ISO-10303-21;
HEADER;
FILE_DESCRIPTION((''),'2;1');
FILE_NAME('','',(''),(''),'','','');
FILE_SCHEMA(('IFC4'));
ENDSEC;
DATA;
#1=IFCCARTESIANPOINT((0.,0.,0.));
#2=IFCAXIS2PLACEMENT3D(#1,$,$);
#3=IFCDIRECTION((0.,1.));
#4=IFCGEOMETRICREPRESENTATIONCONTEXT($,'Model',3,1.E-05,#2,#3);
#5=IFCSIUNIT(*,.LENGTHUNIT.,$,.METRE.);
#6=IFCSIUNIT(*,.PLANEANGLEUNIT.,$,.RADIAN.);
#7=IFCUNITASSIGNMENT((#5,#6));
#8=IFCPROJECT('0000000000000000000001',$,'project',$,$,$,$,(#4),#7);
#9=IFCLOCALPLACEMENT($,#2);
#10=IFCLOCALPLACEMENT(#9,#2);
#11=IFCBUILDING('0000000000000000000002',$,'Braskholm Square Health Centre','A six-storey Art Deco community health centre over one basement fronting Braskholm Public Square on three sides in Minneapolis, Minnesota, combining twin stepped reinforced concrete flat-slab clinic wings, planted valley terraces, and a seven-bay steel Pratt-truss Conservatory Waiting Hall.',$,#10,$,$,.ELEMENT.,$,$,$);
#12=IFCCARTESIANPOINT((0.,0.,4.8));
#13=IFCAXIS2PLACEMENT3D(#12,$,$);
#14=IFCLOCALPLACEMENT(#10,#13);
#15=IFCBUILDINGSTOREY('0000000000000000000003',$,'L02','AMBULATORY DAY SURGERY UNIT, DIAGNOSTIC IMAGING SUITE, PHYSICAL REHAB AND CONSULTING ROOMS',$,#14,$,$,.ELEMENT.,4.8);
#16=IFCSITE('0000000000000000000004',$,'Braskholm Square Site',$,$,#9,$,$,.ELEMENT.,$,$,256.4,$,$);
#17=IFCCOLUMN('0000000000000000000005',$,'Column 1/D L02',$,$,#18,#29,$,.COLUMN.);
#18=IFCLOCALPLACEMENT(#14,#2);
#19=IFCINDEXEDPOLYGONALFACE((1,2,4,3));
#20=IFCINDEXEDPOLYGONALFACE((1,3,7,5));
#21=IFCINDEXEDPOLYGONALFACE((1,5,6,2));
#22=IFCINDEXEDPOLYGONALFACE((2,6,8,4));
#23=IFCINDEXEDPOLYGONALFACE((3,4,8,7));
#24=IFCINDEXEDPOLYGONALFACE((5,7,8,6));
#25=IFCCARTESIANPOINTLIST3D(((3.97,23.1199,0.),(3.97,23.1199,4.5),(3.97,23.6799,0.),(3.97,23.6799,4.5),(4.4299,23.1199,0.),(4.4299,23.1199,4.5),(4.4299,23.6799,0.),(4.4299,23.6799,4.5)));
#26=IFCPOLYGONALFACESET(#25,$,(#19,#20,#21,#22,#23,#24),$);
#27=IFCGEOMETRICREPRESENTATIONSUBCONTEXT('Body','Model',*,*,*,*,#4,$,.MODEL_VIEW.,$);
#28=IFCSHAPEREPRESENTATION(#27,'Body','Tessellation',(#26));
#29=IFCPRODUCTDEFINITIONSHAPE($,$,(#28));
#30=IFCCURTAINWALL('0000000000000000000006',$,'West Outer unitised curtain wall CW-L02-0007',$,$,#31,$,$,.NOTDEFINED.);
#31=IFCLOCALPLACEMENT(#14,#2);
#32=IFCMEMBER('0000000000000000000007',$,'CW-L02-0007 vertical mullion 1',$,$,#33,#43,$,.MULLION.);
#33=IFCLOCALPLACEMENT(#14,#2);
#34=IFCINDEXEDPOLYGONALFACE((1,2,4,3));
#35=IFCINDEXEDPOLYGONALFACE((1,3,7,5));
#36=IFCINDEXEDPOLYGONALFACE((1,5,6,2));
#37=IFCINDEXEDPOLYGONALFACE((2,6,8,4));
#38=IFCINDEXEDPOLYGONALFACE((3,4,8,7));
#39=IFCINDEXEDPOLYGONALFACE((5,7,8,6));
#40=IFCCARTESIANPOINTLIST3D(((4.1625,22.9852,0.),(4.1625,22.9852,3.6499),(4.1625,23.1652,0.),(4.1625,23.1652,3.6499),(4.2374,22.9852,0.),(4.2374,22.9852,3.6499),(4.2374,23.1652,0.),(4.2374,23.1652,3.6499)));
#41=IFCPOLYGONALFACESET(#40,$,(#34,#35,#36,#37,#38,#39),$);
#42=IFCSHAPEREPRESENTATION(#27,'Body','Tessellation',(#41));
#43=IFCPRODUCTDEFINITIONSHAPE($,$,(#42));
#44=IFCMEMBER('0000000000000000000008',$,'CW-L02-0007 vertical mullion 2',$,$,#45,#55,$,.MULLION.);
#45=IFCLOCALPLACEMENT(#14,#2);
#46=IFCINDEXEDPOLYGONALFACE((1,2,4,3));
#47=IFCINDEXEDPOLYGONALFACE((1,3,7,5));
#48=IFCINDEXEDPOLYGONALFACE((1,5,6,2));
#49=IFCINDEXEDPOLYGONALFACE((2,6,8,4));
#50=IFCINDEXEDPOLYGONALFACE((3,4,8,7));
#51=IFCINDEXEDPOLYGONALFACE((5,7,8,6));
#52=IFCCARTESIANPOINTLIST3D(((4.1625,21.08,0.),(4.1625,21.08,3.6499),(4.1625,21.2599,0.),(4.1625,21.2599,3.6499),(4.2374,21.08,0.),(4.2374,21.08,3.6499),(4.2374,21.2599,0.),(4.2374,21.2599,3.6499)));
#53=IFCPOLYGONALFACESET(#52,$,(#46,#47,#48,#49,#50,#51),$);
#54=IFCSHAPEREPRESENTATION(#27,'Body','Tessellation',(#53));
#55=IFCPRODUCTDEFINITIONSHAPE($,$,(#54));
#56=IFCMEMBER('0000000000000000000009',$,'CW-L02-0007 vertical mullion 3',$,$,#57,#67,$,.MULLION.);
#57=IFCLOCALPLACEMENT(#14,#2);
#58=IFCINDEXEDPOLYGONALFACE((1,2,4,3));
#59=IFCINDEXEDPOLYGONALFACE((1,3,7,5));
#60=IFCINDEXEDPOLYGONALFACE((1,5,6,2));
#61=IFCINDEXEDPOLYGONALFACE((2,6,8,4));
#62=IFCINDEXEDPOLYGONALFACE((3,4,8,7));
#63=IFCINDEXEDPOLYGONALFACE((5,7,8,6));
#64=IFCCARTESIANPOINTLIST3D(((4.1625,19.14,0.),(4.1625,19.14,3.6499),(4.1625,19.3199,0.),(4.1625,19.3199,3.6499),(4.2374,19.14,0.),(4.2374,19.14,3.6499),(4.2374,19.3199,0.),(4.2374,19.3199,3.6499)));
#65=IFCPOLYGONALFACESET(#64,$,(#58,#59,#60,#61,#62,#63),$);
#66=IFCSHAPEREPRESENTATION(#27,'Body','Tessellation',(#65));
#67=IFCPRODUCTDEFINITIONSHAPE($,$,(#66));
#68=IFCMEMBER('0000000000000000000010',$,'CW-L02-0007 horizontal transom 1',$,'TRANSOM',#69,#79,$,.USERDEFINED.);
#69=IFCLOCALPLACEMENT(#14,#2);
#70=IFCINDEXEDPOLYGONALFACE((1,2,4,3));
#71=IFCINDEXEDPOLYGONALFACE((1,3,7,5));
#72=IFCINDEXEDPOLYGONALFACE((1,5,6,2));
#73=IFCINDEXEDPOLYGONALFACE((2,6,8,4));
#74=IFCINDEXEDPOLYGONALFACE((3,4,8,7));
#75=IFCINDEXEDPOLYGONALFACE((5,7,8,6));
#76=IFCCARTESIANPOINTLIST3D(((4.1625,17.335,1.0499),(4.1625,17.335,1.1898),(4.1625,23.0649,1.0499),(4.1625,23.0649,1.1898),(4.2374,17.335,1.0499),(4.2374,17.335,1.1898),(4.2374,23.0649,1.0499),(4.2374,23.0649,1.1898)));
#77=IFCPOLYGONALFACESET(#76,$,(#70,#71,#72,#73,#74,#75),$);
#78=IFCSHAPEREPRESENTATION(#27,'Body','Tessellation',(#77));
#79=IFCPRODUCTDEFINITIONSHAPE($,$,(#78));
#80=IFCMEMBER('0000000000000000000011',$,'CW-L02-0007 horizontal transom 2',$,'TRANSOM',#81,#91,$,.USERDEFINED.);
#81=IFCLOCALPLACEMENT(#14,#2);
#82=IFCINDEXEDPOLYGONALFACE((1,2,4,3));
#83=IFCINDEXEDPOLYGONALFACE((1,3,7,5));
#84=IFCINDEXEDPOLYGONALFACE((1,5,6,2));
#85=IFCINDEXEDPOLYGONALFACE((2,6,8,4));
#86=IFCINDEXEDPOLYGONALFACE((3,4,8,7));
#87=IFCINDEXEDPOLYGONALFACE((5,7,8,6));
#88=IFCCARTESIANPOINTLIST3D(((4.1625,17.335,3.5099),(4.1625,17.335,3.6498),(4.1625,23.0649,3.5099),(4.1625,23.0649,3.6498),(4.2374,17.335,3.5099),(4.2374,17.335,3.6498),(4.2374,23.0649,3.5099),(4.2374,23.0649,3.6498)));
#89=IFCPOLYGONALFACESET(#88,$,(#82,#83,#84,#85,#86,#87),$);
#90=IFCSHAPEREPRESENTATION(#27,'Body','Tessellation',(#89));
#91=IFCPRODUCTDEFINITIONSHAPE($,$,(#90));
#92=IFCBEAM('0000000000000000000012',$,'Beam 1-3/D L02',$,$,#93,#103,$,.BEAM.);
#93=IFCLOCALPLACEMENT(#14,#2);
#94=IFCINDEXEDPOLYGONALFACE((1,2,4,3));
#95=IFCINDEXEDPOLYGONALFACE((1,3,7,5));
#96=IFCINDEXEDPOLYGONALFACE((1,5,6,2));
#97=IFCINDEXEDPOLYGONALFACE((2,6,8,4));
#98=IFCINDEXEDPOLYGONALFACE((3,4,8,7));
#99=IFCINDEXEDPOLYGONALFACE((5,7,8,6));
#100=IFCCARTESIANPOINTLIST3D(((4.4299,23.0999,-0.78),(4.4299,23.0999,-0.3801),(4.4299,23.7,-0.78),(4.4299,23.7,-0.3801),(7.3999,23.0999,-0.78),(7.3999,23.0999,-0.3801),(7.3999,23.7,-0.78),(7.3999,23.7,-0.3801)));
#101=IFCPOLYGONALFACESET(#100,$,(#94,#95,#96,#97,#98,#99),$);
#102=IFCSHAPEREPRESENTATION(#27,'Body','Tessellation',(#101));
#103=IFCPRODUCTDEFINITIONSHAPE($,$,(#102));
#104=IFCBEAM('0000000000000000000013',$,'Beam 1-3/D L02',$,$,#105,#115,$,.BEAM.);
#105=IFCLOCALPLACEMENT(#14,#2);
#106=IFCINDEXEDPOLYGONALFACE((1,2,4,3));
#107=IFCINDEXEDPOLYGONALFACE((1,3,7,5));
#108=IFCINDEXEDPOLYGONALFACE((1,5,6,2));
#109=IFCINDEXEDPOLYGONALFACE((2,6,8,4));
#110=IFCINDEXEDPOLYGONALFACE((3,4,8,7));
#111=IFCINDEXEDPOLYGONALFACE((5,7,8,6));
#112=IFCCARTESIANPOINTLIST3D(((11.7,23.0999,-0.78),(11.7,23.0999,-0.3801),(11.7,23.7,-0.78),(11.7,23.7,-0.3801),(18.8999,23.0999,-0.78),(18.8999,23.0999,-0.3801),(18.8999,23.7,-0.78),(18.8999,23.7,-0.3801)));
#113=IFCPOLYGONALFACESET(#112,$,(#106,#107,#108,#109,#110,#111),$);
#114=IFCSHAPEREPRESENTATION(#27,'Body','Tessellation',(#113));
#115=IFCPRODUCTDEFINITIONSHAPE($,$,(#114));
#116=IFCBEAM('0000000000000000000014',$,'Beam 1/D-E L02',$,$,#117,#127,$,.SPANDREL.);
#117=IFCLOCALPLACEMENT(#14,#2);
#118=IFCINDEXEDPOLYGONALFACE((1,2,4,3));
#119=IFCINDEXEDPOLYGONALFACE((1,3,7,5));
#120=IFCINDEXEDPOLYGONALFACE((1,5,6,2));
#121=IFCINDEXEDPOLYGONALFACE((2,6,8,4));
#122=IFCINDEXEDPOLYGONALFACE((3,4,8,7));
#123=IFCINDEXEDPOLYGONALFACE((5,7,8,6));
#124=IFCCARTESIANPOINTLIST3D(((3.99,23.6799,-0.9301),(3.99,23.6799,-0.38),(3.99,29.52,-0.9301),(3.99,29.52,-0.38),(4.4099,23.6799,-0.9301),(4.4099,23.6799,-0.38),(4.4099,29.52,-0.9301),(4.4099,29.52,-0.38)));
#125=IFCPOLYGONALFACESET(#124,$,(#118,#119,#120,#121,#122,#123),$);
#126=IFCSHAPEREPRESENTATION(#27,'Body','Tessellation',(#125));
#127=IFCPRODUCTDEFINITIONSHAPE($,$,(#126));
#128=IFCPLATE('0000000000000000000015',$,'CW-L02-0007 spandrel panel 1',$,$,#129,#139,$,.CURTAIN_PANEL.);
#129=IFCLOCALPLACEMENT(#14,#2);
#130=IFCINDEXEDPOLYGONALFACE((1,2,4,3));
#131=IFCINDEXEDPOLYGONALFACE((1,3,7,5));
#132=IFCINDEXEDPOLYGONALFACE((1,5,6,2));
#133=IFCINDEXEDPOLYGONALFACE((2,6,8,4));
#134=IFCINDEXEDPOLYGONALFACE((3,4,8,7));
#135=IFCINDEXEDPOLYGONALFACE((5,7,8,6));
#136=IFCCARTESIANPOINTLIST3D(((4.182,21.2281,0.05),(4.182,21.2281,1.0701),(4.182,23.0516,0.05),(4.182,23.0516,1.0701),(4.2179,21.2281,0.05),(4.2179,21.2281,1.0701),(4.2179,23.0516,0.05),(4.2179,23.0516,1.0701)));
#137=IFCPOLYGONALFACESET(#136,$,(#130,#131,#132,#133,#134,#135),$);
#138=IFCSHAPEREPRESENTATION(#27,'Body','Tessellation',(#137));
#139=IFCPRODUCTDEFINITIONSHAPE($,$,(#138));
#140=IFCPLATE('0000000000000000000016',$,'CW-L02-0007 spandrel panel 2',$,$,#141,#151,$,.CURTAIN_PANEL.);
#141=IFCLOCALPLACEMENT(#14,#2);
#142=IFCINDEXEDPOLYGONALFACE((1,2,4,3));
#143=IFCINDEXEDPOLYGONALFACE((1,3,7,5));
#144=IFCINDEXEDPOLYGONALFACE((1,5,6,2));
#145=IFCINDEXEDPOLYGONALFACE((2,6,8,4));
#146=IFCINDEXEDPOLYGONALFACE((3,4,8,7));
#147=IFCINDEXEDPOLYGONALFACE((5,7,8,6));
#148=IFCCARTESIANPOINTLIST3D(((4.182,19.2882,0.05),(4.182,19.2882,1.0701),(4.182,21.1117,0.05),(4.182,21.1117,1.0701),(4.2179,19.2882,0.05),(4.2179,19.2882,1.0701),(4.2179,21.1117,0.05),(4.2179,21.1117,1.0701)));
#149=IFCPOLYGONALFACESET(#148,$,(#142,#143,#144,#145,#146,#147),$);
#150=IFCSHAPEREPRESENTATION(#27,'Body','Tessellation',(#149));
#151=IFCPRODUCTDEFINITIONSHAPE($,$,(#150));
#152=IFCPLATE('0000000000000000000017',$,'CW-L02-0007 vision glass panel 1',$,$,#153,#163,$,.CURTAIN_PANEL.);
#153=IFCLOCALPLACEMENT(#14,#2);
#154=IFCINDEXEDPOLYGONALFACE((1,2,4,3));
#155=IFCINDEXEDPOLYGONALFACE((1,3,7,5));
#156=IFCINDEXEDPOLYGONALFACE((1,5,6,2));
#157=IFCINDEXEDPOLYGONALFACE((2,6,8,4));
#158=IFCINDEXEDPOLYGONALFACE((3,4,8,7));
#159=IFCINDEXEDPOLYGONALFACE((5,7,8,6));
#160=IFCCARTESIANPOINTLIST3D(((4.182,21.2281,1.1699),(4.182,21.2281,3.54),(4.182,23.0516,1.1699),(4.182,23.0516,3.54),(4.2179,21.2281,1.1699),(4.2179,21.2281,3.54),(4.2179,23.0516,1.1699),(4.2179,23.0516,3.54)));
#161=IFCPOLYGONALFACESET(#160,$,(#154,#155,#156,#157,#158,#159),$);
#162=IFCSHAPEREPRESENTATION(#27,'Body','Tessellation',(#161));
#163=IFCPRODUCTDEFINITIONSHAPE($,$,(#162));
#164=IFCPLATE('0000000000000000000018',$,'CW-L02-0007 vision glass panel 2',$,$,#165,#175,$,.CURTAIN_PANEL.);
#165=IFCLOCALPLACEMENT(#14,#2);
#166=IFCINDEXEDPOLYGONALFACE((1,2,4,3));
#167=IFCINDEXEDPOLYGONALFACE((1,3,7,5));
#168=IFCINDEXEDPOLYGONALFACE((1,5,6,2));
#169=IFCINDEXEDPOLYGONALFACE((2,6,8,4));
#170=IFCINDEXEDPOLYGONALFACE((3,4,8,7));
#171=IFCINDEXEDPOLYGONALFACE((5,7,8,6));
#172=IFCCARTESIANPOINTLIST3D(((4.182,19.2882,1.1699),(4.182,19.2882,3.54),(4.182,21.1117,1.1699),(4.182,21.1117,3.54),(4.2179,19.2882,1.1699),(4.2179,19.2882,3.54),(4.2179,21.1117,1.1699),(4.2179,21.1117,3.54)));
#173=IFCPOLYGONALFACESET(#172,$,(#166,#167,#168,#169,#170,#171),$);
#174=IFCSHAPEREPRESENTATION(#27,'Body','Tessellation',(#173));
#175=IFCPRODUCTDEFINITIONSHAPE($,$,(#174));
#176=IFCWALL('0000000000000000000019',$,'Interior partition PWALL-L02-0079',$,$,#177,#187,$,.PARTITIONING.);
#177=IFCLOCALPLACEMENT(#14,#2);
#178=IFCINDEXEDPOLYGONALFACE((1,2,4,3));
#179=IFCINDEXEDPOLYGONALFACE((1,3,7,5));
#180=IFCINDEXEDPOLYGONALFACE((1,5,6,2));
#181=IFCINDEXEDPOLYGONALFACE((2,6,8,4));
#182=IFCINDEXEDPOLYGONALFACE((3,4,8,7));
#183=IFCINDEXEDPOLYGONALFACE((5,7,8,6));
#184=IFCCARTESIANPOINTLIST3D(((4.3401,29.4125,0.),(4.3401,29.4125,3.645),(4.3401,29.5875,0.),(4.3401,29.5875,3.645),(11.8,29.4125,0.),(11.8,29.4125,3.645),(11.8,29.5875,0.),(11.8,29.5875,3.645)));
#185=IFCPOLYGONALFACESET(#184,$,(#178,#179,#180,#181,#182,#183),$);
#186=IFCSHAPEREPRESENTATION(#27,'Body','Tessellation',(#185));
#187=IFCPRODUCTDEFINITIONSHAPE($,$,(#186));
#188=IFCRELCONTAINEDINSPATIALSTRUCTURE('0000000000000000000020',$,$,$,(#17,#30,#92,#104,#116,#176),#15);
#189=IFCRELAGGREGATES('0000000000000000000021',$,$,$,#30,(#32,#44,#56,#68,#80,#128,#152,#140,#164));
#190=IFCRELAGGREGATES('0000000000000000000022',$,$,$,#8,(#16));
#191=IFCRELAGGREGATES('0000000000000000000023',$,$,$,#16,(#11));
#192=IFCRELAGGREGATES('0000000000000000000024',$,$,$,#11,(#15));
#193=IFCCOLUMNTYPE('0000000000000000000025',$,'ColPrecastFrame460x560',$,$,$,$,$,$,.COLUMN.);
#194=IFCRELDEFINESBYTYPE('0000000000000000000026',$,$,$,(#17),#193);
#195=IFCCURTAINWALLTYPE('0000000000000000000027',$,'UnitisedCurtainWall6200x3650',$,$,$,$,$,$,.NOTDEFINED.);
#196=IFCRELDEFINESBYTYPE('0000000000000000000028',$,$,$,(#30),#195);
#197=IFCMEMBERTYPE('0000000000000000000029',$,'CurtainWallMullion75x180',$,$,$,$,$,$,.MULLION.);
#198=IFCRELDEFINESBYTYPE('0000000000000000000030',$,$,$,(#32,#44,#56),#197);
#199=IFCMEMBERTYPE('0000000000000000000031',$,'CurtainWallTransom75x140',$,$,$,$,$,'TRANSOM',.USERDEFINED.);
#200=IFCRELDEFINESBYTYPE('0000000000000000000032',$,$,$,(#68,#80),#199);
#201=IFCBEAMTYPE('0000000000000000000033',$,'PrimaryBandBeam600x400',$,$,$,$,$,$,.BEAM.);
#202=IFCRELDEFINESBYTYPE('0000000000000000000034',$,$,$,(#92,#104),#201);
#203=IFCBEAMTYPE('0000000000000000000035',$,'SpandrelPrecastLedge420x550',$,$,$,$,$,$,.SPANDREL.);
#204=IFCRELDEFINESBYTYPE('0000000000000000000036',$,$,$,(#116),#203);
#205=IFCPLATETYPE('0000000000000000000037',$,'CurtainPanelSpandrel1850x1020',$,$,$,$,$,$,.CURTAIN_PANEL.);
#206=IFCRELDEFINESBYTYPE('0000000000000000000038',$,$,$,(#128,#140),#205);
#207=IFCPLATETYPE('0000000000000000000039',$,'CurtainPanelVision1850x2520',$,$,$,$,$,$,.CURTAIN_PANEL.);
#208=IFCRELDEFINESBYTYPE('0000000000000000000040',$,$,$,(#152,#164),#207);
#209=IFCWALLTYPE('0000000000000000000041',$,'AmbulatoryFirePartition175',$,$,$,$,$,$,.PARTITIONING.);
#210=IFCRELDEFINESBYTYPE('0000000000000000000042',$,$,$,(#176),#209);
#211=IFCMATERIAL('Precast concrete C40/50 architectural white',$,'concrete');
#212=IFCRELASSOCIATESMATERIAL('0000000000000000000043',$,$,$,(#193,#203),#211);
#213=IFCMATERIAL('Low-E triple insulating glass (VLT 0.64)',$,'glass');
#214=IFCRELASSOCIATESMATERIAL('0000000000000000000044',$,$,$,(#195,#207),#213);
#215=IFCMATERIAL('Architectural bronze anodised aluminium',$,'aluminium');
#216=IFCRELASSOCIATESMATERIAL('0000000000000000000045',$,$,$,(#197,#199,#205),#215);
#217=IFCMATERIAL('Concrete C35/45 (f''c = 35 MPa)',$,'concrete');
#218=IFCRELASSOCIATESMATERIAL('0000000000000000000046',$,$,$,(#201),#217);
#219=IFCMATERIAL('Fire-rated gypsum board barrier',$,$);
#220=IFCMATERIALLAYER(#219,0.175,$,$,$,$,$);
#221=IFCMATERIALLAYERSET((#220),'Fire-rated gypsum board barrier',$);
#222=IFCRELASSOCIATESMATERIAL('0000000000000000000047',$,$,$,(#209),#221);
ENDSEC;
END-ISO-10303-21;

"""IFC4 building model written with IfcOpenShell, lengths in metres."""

from ifc_helpers import new_model, si_unit, direction, frame, frame_2d, origin, origin_2d, place, context, subcontext, project, spatial, rectangle, extrude, material, layer, layer_set, material_profile, profile_set, type_object, element, aggregate, save


model = new_model("IFC4")

# Units and contexts
model_context = context("Model", 3, precision=1e-05, world=origin(), true_north=direction((0.0, 1.0)))
body_context = subcontext(model_context, "Body", "Model", "MODEL_VIEW")
ifc_project = project(units=[si_unit("LENGTHUNIT", "METRE"), si_unit("PLANEANGLEUNIT", "RADIAN")], contexts=[model_context])

# Site, building, storey
site_placement = place(None, origin())
site = spatial("IfcSite", under=ifc_project, at=site_placement, Name="Braskholm Square Site", CompositionType="ELEMENT", RefElevation=256.4)
building_placement = place(site_placement, origin())
building = spatial("IfcBuilding", under=site, at=building_placement, Name="Braskholm Square Health Centre", Description="A six-storey Art Deco community health centre over one basement fronting Braskholm Public Square on three sides in Minneapolis, Minnesota, combining twin stepped reinforced concrete flat-slab clinic wings, planted valley terraces, and a seven-bay steel Pratt-truss Conservatory Waiting Hall.", CompositionType="ELEMENT")
storey_placement = place(building_placement, frame((0.0, 0.0, 4.8)))
storey = spatial("IfcBuildingStorey", under=building, at=storey_placement, Name="L02", Description="AMBULATORY DAY SURGERY UNIT, DIAGNOSTIC IMAGING SUITE, PHYSICAL REHAB AND CONSULTING ROOMS", CompositionType="ELEMENT", Elevation=4.8)

# Column
ifc_material_1 = material(Name="Precast concrete C40/50 architectural white", Category="concrete")
ifc_material_profile_1 = material_profile(ifc_material_1, rectangle(XDim=0.46, YDim=0.5601, at=origin_2d()), Name="RC-460X560")
ifc_profile_set_1 = profile_set([ifc_material_profile_1], Name="Precast concrete C40/50 architectural white")
column_type = type_object("IfcColumnType", Name="ColPrecastFrame460x560", PredefinedType="COLUMN", material=ifc_profile_set_1)
column_placement = place(storey_placement, frame((4.2, 23.3999, 0.0), z_axis=(0.0, 0.0, 1.0), x_axis=(1.0, 0.0, 0.0)))
element("IfcColumn", 1, at=column_placement, inside=storey, type_object=column_type, Name="Column 1/D L02", PredefinedType="COLUMN", context=body_context, shape_type="SweptSolid", body=[
    extrude(rectangle(XDim=0.46, YDim=0.5601, at=origin_2d()), origin(), (0.0, 0.0, 1.0), 4.5),
])

# Curtain wall, members
ifc_material_2 = material(Name="Low-E triple insulating glass (VLT 0.64)", Category="glass")
curtain_wall_type = type_object("IfcCurtainWallType", Name="UnitisedCurtainWall6200x3650", PredefinedType="NOTDEFINED", material=ifc_material_2)
curtain_wall_placement = place(storey_placement, origin())
curtain_wall = element("IfcCurtainWall", 2, at=curtain_wall_placement, inside=storey, type_object=curtain_wall_type, Name="West Outer unitised curtain wall CW-L02-0007", PredefinedType="NOTDEFINED")
ifc_material_3 = material(Name="Architectural bronze anodised aluminium", Category="aluminium")
ifc_material_profile_2 = material_profile(ifc_material_3, rectangle(XDim=0.075, YDim=0.1799, at=origin_2d()), Name="ALU-75X180")
ifc_profile_set_2 = profile_set([ifc_material_profile_2], Name="Architectural bronze anodised aluminium")
member_type_1 = type_object("IfcMemberType", Name="CurtainWallMullion75x180", PredefinedType="MULLION", material=ifc_profile_set_2)
member_1_placement = place(storey_placement, frame((4.2, 23.0752, 0.0), z_axis=(0.0, 0.0, 1.0), x_axis=(1.0, 0.0, 0.0)))
member_1 = element("IfcMember", 3, at=member_1_placement, type_object=member_type_1, Name="CW-L02-0007 vertical mullion 1", PredefinedType="MULLION", context=body_context, shape_type="SweptSolid", body=[
    extrude(rectangle(XDim=0.075, YDim=0.1799, at=origin_2d()), origin(), (0.0, 0.0, 1.0), 3.6499),
])
member_2_placement = place(storey_placement, frame((4.2, 21.1699, 0.0), z_axis=(0.0, 0.0, 1.0), x_axis=(1.0, 0.0, 0.0)))
member_2 = element("IfcMember", 4, at=member_2_placement, type_object=member_type_1, Name="CW-L02-0007 vertical mullion 2", PredefinedType="MULLION", context=body_context, shape_type="SweptSolid", body=[
    extrude(rectangle(XDim=0.075, YDim=0.1799, at=origin_2d()), origin(), (0.0, 0.0, 1.0), 3.6499),
])
member_3_placement = place(storey_placement, frame((4.2, 19.23, 0.0), z_axis=(0.0, 0.0, 1.0), x_axis=(1.0, 0.0, 0.0)))
member_3 = element("IfcMember", 5, at=member_3_placement, type_object=member_type_1, Name="CW-L02-0007 vertical mullion 3", PredefinedType="MULLION", context=body_context, shape_type="SweptSolid", body=[
    extrude(rectangle(XDim=0.075, YDim=0.1799, at=origin_2d()), origin(), (0.0, 0.0, 1.0), 3.6499),
])
ifc_material_profile_3 = material_profile(ifc_material_3, rectangle(XDim=0.075, YDim=0.1399, at=origin_2d()), Name="ALU-75X140")
ifc_profile_set_3 = profile_set([ifc_material_profile_3], Name="Architectural bronze anodised aluminium")
member_type_2 = type_object("IfcMemberType", Name="CurtainWallTransom75x140", ElementType="TRANSOM", PredefinedType="USERDEFINED", material=ifc_profile_set_3)
member_4_placement = place(storey_placement, frame((4.2, 23.0649, 1.1199), z_axis=(0.0, -1.0, 0.0), x_axis=(1.0, 0.0, 0.0)))
member_4 = element("IfcMember", 6, at=member_4_placement, type_object=member_type_2, Name="CW-L02-0007 horizontal transom 1", ObjectType="TRANSOM", PredefinedType="USERDEFINED", context=body_context, shape_type="SweptSolid", body=[
    extrude(rectangle(XDim=0.075, YDim=0.1399, at=origin_2d()), origin(), (0.0, 0.0, 1.0), 5.73),
])
member_5_placement = place(storey_placement, frame((4.2, 23.0649, 3.5798), z_axis=(0.0, -1.0, 0.0), x_axis=(1.0, 0.0, 0.0)))
member_5 = element("IfcMember", 7, at=member_5_placement, type_object=member_type_2, Name="CW-L02-0007 horizontal transom 2", ObjectType="TRANSOM", PredefinedType="USERDEFINED", context=body_context, shape_type="SweptSolid", body=[
    extrude(rectangle(XDim=0.075, YDim=0.1399, at=origin_2d()), origin(), (0.0, 0.0, 1.0), 5.73),
])

# Beams
ifc_material_4 = material(Name="Concrete C35/45 (f'c = 35 MPa)", Category="concrete")
ifc_material_profile_4 = material_profile(ifc_material_4, rectangle(XDim=0.6001, YDim=0.3999, at=origin_2d()), Name="RCB-600X400")
ifc_profile_set_4 = profile_set([ifc_material_profile_4], Name="Concrete C35/45 (f'c = 35 MPa)")
beam_type_1 = type_object("IfcBeamType", Name="PrimaryBandBeam600x400", PredefinedType="BEAM", material=ifc_profile_set_4)
beam_1_placement = place(storey_placement, frame((4.4299, 23.3999, -0.5801), z_axis=(1.0, 0.0, 0.0), x_axis=(0.0, 1.0, 0.0)))
element("IfcBeam", 8, at=beam_1_placement, inside=storey, type_object=beam_type_1, Name="Beam 1-3/D L02", PredefinedType="BEAM", context=body_context, shape_type="SweptSolid", body=[
    extrude(rectangle(XDim=0.6001, YDim=0.3999, at=origin_2d()), origin(), (0.0, 0.0, 1.0), 2.97),
])
beam_2_placement = place(storey_placement, frame((11.7, 23.3999, -0.5801), z_axis=(1.0, 0.0, 0.0), x_axis=(0.0, 1.0, 0.0)))
element("IfcBeam", 9, at=beam_2_placement, inside=storey, type_object=beam_type_1, Name="Beam 1-3/D L02", PredefinedType="BEAM", context=body_context, shape_type="SweptSolid", body=[
    extrude(rectangle(XDim=0.6001, YDim=0.3999, at=origin_2d()), origin(), (0.0, 0.0, 1.0), 7.2),
])
ifc_material_profile_5 = material_profile(ifc_material_1, rectangle(XDim=0.4199, YDim=0.55, at=origin_2d()), Name="RCB-420X550")
ifc_profile_set_5 = profile_set([ifc_material_profile_5], Name="Precast concrete C40/50 architectural white")
beam_type_2 = type_object("IfcBeamType", Name="SpandrelPrecastLedge420x550", PredefinedType="SPANDREL", material=ifc_profile_set_5)
beam_3_placement = place(storey_placement, frame((4.2, 23.6799, -0.655), z_axis=(0.0, 1.0, 0.0), x_axis=(-1.0, 0.0, 0.0)))
element("IfcBeam", 10, at=beam_3_placement, inside=storey, type_object=beam_type_2, Name="Beam 1/D-E L02", PredefinedType="SPANDREL", context=body_context, shape_type="SweptSolid", body=[
    extrude(rectangle(XDim=0.4199, YDim=0.55, at=origin_2d()), origin(), (0.0, 0.0, 1.0), 5.8401),
])

# Plates
plate_type_1 = type_object("IfcPlateType", Name="CurtainPanelSpandrel1850x1020", PredefinedType="CURTAIN_PANEL", material=ifc_material_3)
plate_1_placement = place(storey_placement, frame((4.2, 22.1399, 0.05), z_axis=(0.0, 0.0, 1.0), x_axis=(0.0, -1.0, 0.0)))
plate_1 = element("IfcPlate", 11, at=plate_1_placement, type_object=plate_type_1, Name="CW-L02-0007 spandrel panel 1", PredefinedType="CURTAIN_PANEL", context=body_context, shape_type="SweptSolid", body=[
    extrude(rectangle(XDim=1.8235, YDim=0.0359, at=origin_2d()), origin(), (0.0, 0.0, 1.0), 1.02),
])
plate_2_placement = place(storey_placement, frame((4.2, 20.2, 0.05), z_axis=(0.0, 0.0, 1.0), x_axis=(0.0, -1.0, 0.0)))
plate_2 = element("IfcPlate", 12, at=plate_2_placement, type_object=plate_type_1, Name="CW-L02-0007 spandrel panel 2", PredefinedType="CURTAIN_PANEL", context=body_context, shape_type="SweptSolid", body=[
    extrude(rectangle(XDim=1.8235, YDim=0.0359, at=origin_2d()), origin(), (0.0, 0.0, 1.0), 1.02),
])
plate_type_2 = type_object("IfcPlateType", Name="CurtainPanelVision1850x2520", PredefinedType="CURTAIN_PANEL", material=ifc_material_2)
plate_3_placement = place(storey_placement, frame((4.2, 22.1399, 1.1699), z_axis=(0.0, 0.0, 1.0), x_axis=(0.0, -1.0, 0.0)))
plate_3 = element("IfcPlate", 13, at=plate_3_placement, type_object=plate_type_2, Name="CW-L02-0007 vision glass panel 1", PredefinedType="CURTAIN_PANEL", context=body_context, shape_type="SweptSolid", body=[
    extrude(rectangle(XDim=1.8235, YDim=0.0359, at=origin_2d()), origin(), (0.0, 0.0, 1.0), 2.3701),
])
plate_4_placement = place(storey_placement, frame((4.2, 20.2, 1.1699), z_axis=(0.0, 0.0, 1.0), x_axis=(0.0, -1.0, 0.0)))
plate_4 = element("IfcPlate", 14, at=plate_4_placement, type_object=plate_type_2, Name="CW-L02-0007 vision glass panel 2", PredefinedType="CURTAIN_PANEL", context=body_context, shape_type="SweptSolid", body=[
    extrude(rectangle(XDim=1.8235, YDim=0.0359, at=origin_2d()), origin(), (0.0, 0.0, 1.0), 2.3701),
])
aggregate(curtain_wall, [member_1, member_2, member_3, member_4, member_5, plate_1, plate_3, plate_2, plate_4])

# Wall
ifc_material_5 = material(Name="Fire-rated gypsum board barrier")
ifc_layer_1 = layer(ifc_material_5, 0.175)
ifc_layer_set_1 = layer_set([ifc_layer_1], Name="Fire-rated gypsum board barrier")
wall_type_1 = type_object("IfcWallType", Name="AmbulatoryFirePartition175", PredefinedType="PARTITIONING", material=ifc_layer_set_1)
wall_1_placement = place(storey_placement, frame((4.3401, 29.5, 0.0), z_axis=(0.0, 0.0, 1.0), x_axis=(1.0, 0.0, 0.0)))
element("IfcWall", 15, at=wall_1_placement, inside=storey, type_object=wall_type_1, Name="Interior partition PWALL-L02-0079", PredefinedType="PARTITIONING", context=body_context, shape_type="SweptSolid", body=[
    extrude(rectangle(XDim=7.46, YDim=0.175, at=frame_2d((3.73, 0.0))), origin(), (0.0, 0.0, 1.0), 3.645),
])

save(model, "model.ifc")
